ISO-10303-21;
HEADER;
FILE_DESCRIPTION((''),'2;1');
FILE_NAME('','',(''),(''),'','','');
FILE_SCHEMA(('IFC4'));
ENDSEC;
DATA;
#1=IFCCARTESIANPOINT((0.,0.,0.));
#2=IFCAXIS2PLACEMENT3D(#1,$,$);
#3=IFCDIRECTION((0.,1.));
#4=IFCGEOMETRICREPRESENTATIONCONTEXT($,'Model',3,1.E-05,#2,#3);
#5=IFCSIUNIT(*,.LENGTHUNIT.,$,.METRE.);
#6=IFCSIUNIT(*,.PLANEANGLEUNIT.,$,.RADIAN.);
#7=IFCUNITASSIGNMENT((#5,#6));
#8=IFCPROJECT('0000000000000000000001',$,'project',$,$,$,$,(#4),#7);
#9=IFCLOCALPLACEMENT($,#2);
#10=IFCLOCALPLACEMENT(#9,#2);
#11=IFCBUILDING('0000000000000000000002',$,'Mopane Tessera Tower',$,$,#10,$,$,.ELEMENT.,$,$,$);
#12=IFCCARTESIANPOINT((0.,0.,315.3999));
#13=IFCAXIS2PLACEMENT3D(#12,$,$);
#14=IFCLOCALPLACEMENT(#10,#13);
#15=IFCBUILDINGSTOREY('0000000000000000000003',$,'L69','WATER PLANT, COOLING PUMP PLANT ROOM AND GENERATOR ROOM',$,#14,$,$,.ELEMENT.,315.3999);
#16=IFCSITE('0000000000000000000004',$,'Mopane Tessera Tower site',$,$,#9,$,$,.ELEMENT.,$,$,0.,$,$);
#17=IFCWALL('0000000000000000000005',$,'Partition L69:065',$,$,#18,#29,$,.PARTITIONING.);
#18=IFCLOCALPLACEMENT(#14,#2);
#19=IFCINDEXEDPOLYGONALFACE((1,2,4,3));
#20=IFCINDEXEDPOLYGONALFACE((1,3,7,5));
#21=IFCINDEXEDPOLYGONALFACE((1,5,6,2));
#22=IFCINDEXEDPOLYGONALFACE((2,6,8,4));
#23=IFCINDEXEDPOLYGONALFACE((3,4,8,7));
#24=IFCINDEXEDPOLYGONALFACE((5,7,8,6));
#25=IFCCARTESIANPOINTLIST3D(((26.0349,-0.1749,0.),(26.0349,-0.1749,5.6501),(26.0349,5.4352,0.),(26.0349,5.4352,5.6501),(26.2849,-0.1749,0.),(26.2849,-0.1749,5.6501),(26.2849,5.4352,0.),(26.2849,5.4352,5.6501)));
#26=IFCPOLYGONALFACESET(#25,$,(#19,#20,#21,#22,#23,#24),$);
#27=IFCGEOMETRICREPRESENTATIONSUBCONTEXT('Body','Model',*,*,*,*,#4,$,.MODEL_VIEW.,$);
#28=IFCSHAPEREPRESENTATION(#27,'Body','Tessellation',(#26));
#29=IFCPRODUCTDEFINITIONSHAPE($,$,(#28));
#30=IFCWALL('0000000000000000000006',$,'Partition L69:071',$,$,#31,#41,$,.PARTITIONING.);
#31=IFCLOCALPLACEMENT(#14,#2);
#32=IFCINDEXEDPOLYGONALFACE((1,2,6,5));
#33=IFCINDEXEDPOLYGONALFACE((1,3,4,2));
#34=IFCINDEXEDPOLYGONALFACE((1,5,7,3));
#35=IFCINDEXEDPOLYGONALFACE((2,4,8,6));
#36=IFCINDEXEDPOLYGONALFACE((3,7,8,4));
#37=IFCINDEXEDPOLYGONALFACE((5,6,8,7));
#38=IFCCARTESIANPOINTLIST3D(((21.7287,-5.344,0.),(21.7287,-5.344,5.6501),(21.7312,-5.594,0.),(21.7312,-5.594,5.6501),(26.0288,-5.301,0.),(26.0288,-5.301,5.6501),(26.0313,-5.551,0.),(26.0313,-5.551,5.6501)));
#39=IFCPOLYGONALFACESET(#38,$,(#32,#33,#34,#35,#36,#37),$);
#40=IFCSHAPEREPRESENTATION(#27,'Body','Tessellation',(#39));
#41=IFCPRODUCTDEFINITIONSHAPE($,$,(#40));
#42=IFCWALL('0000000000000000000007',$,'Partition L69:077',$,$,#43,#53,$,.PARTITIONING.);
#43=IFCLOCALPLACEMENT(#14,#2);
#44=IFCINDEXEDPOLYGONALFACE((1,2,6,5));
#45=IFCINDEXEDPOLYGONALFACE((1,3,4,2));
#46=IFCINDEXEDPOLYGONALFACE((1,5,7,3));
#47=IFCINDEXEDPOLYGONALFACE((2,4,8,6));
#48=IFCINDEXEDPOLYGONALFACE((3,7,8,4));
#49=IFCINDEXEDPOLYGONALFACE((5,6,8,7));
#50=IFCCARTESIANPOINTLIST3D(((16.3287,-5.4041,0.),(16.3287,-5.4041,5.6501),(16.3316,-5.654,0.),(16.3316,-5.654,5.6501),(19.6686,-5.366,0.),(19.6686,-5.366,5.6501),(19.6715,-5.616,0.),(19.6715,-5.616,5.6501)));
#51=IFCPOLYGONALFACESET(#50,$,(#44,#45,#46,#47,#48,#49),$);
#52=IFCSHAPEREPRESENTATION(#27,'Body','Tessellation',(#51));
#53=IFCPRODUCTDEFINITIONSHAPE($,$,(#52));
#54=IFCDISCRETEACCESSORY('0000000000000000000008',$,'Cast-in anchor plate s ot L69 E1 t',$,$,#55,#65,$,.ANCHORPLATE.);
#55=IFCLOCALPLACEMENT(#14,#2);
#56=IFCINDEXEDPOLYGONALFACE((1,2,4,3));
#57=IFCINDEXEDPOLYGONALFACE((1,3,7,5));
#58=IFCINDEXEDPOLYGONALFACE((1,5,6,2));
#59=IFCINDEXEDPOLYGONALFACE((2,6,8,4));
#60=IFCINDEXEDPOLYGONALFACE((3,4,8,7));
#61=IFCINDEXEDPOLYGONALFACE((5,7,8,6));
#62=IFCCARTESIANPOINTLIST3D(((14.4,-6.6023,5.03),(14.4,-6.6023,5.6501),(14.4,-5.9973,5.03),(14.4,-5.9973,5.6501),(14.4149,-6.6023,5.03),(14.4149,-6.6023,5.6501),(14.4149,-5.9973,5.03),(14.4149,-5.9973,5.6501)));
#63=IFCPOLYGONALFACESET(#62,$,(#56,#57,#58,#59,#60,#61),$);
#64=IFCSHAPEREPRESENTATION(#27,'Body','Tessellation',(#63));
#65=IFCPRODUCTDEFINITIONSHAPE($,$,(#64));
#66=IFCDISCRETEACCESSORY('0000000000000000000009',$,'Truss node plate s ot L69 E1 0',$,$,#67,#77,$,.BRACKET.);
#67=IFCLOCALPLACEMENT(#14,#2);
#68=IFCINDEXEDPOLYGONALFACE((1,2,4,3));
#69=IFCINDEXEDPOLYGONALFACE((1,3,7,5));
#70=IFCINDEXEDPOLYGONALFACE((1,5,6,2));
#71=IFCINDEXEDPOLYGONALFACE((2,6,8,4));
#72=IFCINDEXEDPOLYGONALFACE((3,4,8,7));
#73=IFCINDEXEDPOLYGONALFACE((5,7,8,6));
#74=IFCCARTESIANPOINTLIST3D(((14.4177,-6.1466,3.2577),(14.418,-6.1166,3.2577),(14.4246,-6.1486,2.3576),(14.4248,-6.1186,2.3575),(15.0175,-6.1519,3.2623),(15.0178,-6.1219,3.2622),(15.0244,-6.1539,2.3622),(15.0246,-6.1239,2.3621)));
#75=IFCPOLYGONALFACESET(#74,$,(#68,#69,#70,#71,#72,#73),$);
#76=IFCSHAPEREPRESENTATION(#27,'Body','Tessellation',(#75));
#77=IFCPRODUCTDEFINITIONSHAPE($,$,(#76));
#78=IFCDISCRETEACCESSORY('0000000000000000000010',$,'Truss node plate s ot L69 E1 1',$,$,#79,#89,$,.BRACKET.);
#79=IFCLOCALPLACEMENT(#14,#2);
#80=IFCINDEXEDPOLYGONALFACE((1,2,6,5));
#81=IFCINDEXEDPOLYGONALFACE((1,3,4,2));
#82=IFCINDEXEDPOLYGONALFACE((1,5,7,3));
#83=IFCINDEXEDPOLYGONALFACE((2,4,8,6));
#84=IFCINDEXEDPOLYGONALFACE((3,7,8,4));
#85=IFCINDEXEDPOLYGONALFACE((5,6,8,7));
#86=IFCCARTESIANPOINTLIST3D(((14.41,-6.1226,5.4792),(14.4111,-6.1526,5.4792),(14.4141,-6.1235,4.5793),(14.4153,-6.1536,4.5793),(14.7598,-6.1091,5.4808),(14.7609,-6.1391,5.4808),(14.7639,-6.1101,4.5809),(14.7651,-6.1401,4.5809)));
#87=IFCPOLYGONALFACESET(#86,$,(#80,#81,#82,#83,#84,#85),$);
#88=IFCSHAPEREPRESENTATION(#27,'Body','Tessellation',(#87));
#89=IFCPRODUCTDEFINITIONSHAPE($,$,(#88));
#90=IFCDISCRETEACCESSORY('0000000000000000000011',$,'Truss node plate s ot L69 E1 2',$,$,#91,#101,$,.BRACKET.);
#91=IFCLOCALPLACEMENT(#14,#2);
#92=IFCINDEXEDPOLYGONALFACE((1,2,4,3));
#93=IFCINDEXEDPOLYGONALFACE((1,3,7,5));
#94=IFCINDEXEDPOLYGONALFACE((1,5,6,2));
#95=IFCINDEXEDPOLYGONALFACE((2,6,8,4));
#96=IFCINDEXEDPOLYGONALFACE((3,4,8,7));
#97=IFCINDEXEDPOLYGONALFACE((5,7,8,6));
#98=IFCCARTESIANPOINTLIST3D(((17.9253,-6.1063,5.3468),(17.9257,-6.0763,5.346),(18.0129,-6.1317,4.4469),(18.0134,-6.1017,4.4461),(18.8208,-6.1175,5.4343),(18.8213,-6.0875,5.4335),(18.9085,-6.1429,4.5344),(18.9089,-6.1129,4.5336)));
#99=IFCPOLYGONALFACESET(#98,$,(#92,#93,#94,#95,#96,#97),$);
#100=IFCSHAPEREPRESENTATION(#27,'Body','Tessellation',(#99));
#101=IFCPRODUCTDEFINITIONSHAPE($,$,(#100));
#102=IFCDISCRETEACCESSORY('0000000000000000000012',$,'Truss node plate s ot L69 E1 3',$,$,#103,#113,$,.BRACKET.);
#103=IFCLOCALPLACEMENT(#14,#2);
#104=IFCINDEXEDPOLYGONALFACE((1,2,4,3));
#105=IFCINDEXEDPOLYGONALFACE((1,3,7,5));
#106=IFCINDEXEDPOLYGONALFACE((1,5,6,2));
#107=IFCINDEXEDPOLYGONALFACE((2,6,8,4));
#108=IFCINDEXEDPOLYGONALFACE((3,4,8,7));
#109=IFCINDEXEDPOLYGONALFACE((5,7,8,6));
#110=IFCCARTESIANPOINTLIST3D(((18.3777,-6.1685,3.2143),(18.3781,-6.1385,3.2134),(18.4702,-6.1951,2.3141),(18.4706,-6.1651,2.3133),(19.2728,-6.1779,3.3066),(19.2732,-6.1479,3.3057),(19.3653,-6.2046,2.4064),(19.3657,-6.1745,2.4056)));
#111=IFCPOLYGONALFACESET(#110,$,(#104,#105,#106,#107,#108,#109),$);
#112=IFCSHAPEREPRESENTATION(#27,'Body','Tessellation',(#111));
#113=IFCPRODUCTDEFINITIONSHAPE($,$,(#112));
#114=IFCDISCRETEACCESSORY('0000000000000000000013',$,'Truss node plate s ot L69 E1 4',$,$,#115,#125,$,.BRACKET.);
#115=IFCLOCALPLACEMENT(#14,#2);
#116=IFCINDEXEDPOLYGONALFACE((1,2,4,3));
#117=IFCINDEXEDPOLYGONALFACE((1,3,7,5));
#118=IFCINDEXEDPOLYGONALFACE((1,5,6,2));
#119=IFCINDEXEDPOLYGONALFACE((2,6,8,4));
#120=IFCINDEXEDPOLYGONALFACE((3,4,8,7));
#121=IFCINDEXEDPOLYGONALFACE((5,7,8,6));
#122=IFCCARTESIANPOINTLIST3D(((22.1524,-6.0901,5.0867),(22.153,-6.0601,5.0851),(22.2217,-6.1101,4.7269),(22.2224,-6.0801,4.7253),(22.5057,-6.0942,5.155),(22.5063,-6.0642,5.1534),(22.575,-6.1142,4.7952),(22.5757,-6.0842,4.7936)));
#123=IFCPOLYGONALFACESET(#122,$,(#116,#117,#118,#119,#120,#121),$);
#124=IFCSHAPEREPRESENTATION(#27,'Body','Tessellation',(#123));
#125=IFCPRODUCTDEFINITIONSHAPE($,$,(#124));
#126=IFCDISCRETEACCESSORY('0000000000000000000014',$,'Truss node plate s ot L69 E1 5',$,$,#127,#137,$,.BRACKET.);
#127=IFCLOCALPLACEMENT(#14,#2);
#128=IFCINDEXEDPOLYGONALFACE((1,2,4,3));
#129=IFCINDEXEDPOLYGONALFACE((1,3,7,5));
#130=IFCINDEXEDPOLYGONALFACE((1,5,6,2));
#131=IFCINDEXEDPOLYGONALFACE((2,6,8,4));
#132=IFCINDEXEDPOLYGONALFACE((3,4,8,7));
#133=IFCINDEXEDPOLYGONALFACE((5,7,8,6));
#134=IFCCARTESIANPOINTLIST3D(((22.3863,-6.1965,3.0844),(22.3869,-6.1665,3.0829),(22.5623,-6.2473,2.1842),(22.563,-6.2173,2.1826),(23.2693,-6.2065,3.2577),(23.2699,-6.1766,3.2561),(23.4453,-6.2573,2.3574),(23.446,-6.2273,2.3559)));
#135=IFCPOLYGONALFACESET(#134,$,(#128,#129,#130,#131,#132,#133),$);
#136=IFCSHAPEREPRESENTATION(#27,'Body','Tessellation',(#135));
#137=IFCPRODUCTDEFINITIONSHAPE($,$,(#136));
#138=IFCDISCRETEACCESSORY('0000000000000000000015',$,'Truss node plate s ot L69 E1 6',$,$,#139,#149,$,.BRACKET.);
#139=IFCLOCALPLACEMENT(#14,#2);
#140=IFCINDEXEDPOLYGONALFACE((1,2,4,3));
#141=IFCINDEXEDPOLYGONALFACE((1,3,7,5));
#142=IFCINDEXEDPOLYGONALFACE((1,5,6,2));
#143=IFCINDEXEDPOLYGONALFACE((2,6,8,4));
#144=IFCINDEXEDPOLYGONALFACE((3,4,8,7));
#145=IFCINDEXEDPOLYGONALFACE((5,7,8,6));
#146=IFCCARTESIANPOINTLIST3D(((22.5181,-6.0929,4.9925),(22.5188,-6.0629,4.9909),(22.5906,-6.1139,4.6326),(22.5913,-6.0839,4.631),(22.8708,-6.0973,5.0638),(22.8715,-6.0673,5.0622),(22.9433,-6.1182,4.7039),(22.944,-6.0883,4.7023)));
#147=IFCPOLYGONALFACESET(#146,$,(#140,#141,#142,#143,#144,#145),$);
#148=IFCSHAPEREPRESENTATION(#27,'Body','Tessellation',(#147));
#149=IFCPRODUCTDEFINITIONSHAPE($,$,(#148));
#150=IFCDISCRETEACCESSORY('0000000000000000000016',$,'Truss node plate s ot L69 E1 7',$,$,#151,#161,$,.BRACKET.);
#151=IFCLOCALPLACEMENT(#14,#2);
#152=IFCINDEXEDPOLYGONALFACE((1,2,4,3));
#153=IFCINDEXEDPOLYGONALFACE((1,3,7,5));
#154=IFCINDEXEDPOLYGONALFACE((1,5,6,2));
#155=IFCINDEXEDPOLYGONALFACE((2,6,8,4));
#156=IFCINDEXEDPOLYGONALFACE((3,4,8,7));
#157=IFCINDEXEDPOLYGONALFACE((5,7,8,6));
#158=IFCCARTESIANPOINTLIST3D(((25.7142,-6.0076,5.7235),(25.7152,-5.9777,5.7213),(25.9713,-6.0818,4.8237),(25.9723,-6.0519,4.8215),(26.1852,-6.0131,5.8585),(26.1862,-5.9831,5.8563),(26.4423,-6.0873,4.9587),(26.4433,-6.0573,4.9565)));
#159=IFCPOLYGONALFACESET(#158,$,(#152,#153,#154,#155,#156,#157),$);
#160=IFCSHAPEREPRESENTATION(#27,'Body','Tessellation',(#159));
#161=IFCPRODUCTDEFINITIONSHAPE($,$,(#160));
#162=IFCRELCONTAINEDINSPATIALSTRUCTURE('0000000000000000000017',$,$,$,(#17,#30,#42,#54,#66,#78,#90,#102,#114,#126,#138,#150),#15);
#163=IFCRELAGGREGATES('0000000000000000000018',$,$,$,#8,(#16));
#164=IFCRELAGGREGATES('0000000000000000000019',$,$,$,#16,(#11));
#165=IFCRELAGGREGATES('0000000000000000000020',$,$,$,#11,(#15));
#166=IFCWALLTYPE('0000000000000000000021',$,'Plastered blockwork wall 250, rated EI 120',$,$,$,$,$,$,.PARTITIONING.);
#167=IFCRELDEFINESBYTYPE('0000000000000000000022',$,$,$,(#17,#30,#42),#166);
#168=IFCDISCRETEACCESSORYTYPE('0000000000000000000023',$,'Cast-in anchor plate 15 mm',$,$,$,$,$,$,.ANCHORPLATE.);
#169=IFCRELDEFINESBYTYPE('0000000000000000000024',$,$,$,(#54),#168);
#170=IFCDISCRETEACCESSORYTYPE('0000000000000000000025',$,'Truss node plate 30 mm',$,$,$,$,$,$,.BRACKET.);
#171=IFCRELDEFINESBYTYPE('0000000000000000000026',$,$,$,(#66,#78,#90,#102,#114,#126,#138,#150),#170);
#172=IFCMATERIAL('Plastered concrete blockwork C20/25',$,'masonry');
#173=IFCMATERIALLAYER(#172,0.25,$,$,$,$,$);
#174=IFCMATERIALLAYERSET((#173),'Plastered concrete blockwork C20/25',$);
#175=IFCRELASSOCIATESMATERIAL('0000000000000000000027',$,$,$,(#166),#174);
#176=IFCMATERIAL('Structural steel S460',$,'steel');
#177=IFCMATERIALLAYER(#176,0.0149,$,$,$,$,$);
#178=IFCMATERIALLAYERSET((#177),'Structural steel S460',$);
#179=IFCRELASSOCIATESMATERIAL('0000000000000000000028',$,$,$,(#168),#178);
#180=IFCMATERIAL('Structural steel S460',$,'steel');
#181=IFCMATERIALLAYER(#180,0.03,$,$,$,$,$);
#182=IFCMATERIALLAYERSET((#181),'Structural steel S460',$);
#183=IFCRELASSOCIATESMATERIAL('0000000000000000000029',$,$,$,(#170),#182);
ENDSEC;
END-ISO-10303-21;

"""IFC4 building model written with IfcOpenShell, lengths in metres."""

from ifc_helpers import new_model, si_unit, direction, frame, frame_2d, origin, origin_2d, place, context, subcontext, project, spatial, rectangle, extrude, material, layer, layer_set, type_object, element, save


model = new_model("IFC4")

# Units and contexts
model_context = context("Model", 3, precision=1e-05, world=origin(), true_north=direction((0.0, 1.0)))
body_context = subcontext(model_context, "Body", "Model", "MODEL_VIEW")
ifc_project = project(units=[si_unit("LENGTHUNIT", "METRE"), si_unit("PLANEANGLEUNIT", "RADIAN")], contexts=[model_context])

# Site, building, storey
site_placement = place(None, origin())
site = spatial("IfcSite", under=ifc_project, at=site_placement, Name="Mopane Tessera Tower site", CompositionType="ELEMENT", RefElevation=0.0)
building_placement = place(site_placement, origin())
building = spatial("IfcBuilding", under=site, at=building_placement, Name="Mopane Tessera Tower", CompositionType="ELEMENT")
storey_placement = place(building_placement, frame((0.0, 0.0, 315.3999)))
storey = spatial("IfcBuildingStorey", under=building, at=storey_placement, Name="L69", Description="WATER PLANT, COOLING PUMP PLANT ROOM AND GENERATOR ROOM", CompositionType="ELEMENT", Elevation=315.3999)

# Shared definitions
ifc_material_1 = material(Name="Plastered concrete blockwork C20/25", Category="masonry")
ifc_layer_1 = layer(ifc_material_1, 0.25)
ifc_layer_set_1 = layer_set([ifc_layer_1], Name="Plastered concrete blockwork C20/25")
wall_type = type_object("IfcWallType", Name="Plastered blockwork wall 250, rated EI 120", PredefinedType="PARTITIONING", material=ifc_layer_set_1)

# Walls
wall_1_placement = place(storey_placement, frame((26.1599, -0.175, 0.0), z_axis=(0.0, 0.0, 1.0), x_axis=(0.0, 1.0, 0.0)))
element("IfcWall", 1, at=wall_1_placement, inside=storey, type_object=wall_type, Name="Partition L69:065", PredefinedType="PARTITIONING", context=body_context, shape_type="SweptSolid", body=[
    extrude(rectangle(XDim=5.6101, YDim=0.25, at=frame_2d((2.8052, 0.0))), origin(), (0.0, 0.0, 1.0), 5.6501),
])
wall_2_placement = place(storey_placement, frame((26.03, -5.426, 0.0), z_axis=(0.0, 0.0, 1.0), x_axis=(-0.99995, -0.009992, 0.0)))
element("IfcWall", 2, at=wall_2_placement, inside=storey, type_object=wall_type, Name="Partition L69:071", PredefinedType="PARTITIONING", context=body_context, shape_type="SweptSolid", body=[
    extrude(rectangle(XDim=4.3003, YDim=0.25, at=frame_2d((2.1501, 0.0))), origin(), (0.0, 0.0, 1.0), 5.6501),
])
wall_3_placement = place(storey_placement, frame((19.6699, -5.491, 0.0), z_axis=(0.0, 0.0, 1.0), x_axis=(-0.999935, -0.011403, 0.0)))
element("IfcWall", 3, at=wall_3_placement, inside=storey, type_object=wall_type, Name="Partition L69:077", PredefinedType="PARTITIONING", context=body_context, shape_type="SweptSolid", body=[
    extrude(rectangle(XDim=3.3401, YDim=0.25, at=frame_2d((1.6699, 0.0))), origin(), (0.0, 0.0, 1.0), 5.6501),
])

# Discrete accessories
ifc_material_2 = material(Name="Structural steel S460", Category="steel")
ifc_layer_2 = layer(ifc_material_2, 0.0149)
ifc_layer_set_2 = layer_set([ifc_layer_2], Name="Structural steel S460")
discrete_accessory_type_1 = type_object("IfcDiscreteAccessoryType", Name="Cast-in anchor plate 15 mm", PredefinedType="ANCHORPLATE", material=ifc_layer_set_2)
discrete_accessory_1_placement = place(storey_placement, frame((14.4075, -6.2998, 5.03), z_axis=(0.0, 0.0, 1.0), x_axis=(1.0, 0.0, 0.0)))
element("IfcDiscreteAccessory", 4, at=discrete_accessory_1_placement, inside=storey, type_object=discrete_accessory_type_1, Name="Cast-in anchor plate s ot L69 E1 t", PredefinedType="ANCHORPLATE", context=body_context, shape_type="SweptSolid", body=[
    extrude(rectangle(XDim=0.0149, YDim=0.605, at=origin_2d()), origin(), (0.0, 0.0, 1.0), 0.6201),
])
ifc_material_3 = material(Name="Structural steel S460", Category="steel")
ifc_layer_3 = layer(ifc_material_3, 0.03)
ifc_layer_set_3 = layer_set([ifc_layer_3], Name="Structural steel S460")
discrete_accessory_type_2 = type_object("IfcDiscreteAccessoryType", Name="Truss node plate 30 mm", PredefinedType="BRACKET", material=ifc_layer_set_3)
discrete_accessory_2_placement = place(storey_placement, frame((14.7246, -6.1362, 2.3599), z_axis=(-0.007594, 0.00217, 0.999969), x_axis=(0.008848, 0.999959, -0.002103)))
element("IfcDiscreteAccessory", 5, at=discrete_accessory_2_placement, inside=storey, type_object=discrete_accessory_type_2, Name="Truss node plate s ot L69 E1 0", PredefinedType="BRACKET", context=body_context, shape_type="SweptSolid", body=[
    extrude(rectangle(XDim=0.03, YDim=0.5999, at=origin_2d()), origin(), (0.0, 0.0, 1.0), 0.9001),
])
discrete_accessory_3_placement = place(storey_placement, frame((14.5896, -6.1318, 4.5801), z_axis=(-0.004612, 0.001085, 0.999989), x_axis=(-0.038361, 0.999263, -0.001261)))
element("IfcDiscreteAccessory", 6, at=discrete_accessory_3_placement, inside=storey, type_object=discrete_accessory_type_2, Name="Truss node plate s ot L69 E1 1", PredefinedType="BRACKET", context=body_context, shape_type="SweptSolid", body=[
    extrude(rectangle(XDim=0.03, YDim=0.3501, at=origin_2d()), origin(), (0.0, 0.0, 1.0), 0.8999),
])
discrete_accessory_4_placement = place(storey_placement, frame((18.4609, -6.1223, 4.4902), z_axis=(-0.096899, 0.028071, 0.994898), x_axis=(0.015111, 0.999528, -0.02673)))
element("IfcDiscreteAccessory", 7, at=discrete_accessory_4_placement, inside=storey, type_object=discrete_accessory_type_2, Name="Truss node plate s ot L69 E1 2", PredefinedType="BRACKET", context=body_context, shape_type="SweptSolid", body=[
    extrude(rectangle(XDim=0.03, YDim=0.8999, at=origin_2d()), origin(), (0.0, 0.0, 1.0), 0.9045),
])
discrete_accessory_5_placement = place(storey_placement, frame((18.918, -6.1848, 2.3599), z_axis=(-0.102211, 0.029396, 0.994328), x_axis=(0.013479, 0.999512, -0.028163)))
element("IfcDiscreteAccessory", 8, at=discrete_accessory_5_placement, inside=storey, type_object=discrete_accessory_type_2, Name="Truss node plate s ot L69 E1 3", PredefinedType="BRACKET", context=body_context, shape_type="SweptSolid", body=[
    extrude(rectangle(XDim=0.03, YDim=0.8999, at=origin_2d()), origin(), (0.0, 0.0, 1.0), 0.9053),
])
discrete_accessory_6_placement = place(storey_placement, frame((22.3987, -6.0972, 4.7603), z_axis=(-0.188912, 0.054545, 0.980478), x_axis=(0.021548, 0.998446, -0.051393)))
element("IfcDiscreteAccessory", 9, at=discrete_accessory_6_placement, inside=storey, type_object=discrete_accessory_type_2, Name="Truss node plate s ot L69 E1 4", PredefinedType="BRACKET", context=body_context, shape_type="SweptSolid", body=[
    extrude(rectangle(XDim=0.03, YDim=0.3599, at=origin_2d()), origin(), (0.0, 0.0, 1.0), 0.3669),
])
discrete_accessory_7_placement = place(storey_placement, frame((23.0042, -6.2373, 2.27), z_axis=(-0.191623, 0.055281, 0.97991), x_axis=(0.021608, 0.998408, -0.052099)))
element("IfcDiscreteAccessory", 10, at=discrete_accessory_7_placement, inside=storey, type_object=discrete_accessory_type_2, Name="Truss node plate s ot L69 E1 5", PredefinedType="BRACKET", context=body_context, shape_type="SweptSolid", body=[
    extrude(rectangle(XDim=0.03, YDim=0.8999, at=origin_2d()), origin(), (0.0, 0.0, 1.0), 0.9187),
])
discrete_accessory_8_placement = place(storey_placement, frame((22.7673, -6.1011, 4.6675), z_axis=(-0.197201, 0.057102, 0.978699), x_axis=(0.023187, 0.998295, -0.053573)))
element("IfcDiscreteAccessory", 11, at=discrete_accessory_8_placement, inside=storey, type_object=discrete_accessory_type_2, Name="Truss node plate s ot L69 E1 6", PredefinedType="BRACKET", context=body_context, shape_type="SweptSolid", body=[
    extrude(rectangle(XDim=0.03, YDim=0.3599, at=origin_2d()), origin(), (0.0, 0.0, 1.0), 0.3677),
])
discrete_accessory_9_placement = place(storey_placement, frame((26.2073, -6.0696, 4.8901), z_axis=(-0.273827, 0.079054, 0.958525), x_axis=(0.032456, 0.996808, -0.072939)))
element("IfcDiscreteAccessory", 12, at=discrete_accessory_9_placement, inside=storey, type_object=discrete_accessory_type_2, Name="Truss node plate s ot L69 E1 7", PredefinedType="BRACKET", context=body_context, shape_type="SweptSolid", body=[
    extrude(rectangle(XDim=0.03, YDim=0.49, at=origin_2d()), origin(), (0.0, 0.0, 1.0), 0.9387),
])

save(model, "model.ifc")
